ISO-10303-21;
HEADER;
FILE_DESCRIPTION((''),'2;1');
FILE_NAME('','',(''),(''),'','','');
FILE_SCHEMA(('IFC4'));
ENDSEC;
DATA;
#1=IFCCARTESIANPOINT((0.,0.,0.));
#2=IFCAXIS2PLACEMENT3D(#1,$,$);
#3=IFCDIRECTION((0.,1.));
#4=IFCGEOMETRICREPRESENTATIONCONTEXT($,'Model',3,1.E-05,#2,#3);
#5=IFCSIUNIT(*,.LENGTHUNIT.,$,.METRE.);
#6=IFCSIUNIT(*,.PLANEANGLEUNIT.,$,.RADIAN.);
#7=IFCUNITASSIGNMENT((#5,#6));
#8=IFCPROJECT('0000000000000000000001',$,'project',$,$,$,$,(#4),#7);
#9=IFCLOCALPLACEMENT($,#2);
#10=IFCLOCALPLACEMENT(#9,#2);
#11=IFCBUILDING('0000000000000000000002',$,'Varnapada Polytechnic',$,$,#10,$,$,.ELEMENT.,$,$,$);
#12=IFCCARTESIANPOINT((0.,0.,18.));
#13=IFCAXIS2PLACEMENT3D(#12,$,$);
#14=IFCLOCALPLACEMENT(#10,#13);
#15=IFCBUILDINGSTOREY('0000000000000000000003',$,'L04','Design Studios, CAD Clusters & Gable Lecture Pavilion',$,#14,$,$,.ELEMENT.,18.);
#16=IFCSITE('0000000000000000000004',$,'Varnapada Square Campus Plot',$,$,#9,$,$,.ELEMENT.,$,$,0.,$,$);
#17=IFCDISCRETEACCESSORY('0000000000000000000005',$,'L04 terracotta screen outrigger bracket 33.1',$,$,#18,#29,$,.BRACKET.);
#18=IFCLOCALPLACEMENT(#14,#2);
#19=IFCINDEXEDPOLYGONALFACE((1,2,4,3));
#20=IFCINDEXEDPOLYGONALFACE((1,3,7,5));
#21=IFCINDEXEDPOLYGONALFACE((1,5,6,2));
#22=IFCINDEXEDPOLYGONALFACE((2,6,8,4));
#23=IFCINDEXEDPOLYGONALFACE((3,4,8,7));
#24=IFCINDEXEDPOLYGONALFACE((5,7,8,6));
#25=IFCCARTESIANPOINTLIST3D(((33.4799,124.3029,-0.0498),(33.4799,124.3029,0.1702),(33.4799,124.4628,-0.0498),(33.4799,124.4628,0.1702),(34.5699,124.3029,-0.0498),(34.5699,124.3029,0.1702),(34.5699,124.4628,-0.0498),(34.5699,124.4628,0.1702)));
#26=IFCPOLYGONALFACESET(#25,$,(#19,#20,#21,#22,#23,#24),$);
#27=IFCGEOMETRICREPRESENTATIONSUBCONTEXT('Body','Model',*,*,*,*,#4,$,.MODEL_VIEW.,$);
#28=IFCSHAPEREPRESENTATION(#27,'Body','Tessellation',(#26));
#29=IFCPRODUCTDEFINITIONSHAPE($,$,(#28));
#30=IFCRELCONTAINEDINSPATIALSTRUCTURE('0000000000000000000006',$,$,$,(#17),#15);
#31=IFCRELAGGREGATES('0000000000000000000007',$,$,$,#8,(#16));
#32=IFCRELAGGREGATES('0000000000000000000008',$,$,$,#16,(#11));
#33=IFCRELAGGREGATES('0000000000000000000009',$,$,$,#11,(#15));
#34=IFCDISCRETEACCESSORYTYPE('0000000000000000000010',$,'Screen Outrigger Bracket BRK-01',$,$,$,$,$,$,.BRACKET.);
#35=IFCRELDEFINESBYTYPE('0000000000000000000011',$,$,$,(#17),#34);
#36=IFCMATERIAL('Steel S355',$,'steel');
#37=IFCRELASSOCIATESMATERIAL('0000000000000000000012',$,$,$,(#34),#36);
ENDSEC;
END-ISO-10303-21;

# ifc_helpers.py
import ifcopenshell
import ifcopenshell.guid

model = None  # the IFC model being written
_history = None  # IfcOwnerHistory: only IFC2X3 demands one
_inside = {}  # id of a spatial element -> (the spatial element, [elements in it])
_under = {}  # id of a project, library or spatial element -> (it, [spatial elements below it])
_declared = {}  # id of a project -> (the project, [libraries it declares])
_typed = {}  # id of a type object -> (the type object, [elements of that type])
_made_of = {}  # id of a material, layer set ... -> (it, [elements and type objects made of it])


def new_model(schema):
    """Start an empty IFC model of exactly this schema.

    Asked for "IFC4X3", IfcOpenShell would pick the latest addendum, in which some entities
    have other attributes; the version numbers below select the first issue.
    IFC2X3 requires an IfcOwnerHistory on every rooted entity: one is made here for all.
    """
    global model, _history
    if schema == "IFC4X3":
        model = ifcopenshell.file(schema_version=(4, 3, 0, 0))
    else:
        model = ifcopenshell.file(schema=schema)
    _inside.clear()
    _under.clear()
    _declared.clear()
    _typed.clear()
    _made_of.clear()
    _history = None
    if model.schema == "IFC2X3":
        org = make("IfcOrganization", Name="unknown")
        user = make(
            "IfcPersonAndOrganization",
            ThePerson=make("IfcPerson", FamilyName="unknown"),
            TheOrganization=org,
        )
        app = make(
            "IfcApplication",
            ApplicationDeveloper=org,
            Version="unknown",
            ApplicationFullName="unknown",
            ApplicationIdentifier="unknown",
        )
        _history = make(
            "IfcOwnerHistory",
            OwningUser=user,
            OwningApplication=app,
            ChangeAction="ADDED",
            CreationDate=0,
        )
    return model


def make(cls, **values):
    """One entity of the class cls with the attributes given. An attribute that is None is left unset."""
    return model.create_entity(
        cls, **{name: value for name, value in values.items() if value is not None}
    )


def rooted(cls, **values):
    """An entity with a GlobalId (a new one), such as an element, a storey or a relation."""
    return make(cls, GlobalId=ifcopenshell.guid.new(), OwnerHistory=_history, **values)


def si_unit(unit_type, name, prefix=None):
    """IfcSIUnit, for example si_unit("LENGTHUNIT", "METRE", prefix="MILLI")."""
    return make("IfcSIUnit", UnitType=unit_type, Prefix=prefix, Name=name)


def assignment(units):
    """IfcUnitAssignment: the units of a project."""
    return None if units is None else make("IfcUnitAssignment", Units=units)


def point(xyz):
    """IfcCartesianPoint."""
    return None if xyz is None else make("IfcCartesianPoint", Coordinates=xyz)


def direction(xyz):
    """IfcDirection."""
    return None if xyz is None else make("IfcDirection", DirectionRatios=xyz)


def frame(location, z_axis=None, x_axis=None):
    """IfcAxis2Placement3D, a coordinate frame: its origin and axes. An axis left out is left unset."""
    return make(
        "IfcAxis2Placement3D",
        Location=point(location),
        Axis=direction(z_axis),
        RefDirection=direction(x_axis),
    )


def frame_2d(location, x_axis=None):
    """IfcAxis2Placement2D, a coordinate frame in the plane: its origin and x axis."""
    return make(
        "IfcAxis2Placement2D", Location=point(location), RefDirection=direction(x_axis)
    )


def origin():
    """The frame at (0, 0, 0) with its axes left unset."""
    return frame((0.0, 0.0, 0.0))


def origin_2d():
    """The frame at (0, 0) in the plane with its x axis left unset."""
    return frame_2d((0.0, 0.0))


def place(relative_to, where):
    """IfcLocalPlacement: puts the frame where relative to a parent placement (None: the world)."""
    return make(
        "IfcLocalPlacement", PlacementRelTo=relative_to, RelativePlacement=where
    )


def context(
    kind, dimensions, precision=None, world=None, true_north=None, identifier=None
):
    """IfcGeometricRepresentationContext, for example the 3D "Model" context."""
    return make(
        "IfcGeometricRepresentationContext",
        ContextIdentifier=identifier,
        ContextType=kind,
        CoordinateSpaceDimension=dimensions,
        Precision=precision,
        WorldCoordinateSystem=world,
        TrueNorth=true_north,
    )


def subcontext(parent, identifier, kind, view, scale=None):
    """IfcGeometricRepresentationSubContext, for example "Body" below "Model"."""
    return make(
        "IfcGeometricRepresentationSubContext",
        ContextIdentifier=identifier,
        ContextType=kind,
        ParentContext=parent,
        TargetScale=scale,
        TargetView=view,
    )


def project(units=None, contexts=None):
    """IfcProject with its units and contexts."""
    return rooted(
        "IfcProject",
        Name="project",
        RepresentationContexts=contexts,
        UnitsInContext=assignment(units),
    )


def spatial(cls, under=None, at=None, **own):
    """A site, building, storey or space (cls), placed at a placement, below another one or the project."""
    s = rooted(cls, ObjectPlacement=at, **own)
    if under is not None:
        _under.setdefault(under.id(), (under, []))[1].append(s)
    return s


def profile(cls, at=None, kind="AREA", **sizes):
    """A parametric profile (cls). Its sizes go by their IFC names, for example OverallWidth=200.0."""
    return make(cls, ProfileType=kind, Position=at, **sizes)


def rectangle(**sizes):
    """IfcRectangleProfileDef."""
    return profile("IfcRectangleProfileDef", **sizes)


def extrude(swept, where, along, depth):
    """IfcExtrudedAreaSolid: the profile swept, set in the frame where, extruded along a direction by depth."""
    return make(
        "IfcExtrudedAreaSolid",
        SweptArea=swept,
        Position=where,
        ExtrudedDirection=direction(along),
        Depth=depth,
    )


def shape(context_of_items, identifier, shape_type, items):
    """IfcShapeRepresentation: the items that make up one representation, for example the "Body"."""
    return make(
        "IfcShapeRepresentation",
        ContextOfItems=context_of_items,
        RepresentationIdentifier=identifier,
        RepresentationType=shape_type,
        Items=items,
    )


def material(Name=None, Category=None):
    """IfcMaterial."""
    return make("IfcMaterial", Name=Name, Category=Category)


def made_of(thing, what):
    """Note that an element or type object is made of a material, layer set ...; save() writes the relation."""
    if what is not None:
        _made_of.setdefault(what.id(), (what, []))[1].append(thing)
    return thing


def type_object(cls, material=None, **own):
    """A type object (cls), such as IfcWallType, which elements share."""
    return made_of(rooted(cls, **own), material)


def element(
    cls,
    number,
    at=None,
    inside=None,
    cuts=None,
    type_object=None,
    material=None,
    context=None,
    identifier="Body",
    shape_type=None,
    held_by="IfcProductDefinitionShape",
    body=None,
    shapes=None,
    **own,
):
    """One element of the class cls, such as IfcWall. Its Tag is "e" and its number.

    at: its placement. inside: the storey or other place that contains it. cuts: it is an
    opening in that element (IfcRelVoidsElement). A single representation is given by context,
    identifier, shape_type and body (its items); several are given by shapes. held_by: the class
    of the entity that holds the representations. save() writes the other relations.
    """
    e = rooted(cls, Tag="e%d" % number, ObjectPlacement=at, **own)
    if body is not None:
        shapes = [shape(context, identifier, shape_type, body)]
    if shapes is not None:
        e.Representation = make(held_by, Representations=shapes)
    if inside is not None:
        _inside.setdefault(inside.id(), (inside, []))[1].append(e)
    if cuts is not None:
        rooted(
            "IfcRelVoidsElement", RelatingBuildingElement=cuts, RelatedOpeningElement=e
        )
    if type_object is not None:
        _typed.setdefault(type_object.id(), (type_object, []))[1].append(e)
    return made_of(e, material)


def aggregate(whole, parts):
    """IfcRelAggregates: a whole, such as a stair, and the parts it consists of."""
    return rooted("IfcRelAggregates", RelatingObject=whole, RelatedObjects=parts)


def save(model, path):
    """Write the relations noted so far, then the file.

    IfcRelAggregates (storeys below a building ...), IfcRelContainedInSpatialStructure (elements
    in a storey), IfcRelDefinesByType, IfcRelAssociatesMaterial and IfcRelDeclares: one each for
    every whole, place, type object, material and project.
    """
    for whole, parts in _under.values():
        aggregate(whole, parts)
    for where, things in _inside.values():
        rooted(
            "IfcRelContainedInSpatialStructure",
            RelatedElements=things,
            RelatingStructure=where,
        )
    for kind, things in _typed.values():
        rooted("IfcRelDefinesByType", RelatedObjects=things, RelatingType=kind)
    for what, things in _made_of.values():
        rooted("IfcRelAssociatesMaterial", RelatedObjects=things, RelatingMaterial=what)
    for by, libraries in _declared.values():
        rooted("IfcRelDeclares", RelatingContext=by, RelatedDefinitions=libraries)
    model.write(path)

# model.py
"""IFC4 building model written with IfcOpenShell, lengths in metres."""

from ifc_helpers import new_model, si_unit, direction, frame, origin, origin_2d, place, context, subcontext, project, spatial, rectangle, extrude, material, type_object, element, save


model = new_model("IFC4")

# Units and contexts
model_context = context("Model", 3, precision=1e-05, world=origin(), true_north=direction((0.0, 1.0)))
body_context = subcontext(model_context, "Body", "Model", "MODEL_VIEW")
ifc_project = project(units=[si_unit("LENGTHUNIT", "METRE"), si_unit("PLANEANGLEUNIT", "RADIAN")], contexts=[model_context])

# Site, building, storey
site_placement = place(None, origin())
site = spatial("IfcSite", under=ifc_project, at=site_placement, Name="Varnapada Square Campus Plot", CompositionType="ELEMENT", RefElevation=0.0)
building_placement = place(site_placement, origin())
building = spatial("IfcBuilding", under=site, at=building_placement, Name="Varnapada Polytechnic", CompositionType="ELEMENT")
storey_placement = place(building_placement, frame((0.0, 0.0, 18.0)))
storey = spatial("IfcBuildingStorey", under=building, at=storey_placement, Name="L04", Description="Design Studios, CAD Clusters & Gable Lecture Pavilion", CompositionType="ELEMENT", Elevation=18.0)

# Discrete accessory
ifc_material_1 = material(Name="Steel S355", Category="steel")
discrete_accessory_type = type_object("IfcDiscreteAccessoryType", Name="Screen Outrigger Bracket BRK-01", PredefinedType="BRACKET", material=ifc_material_1)
discrete_accessory_placement = place(storey_placement, frame((34.0249, 124.3828, -0.0498), z_axis=(0.0, 0.0, 1.0), x_axis=(0.0, -1.0, 0.0)))
element("IfcDiscreteAccessory", 1, at=discrete_accessory_placement, inside=storey, type_object=discrete_accessory_type, Name="L04 terracotta screen outrigger bracket 33.1", PredefinedType="BRACKET", context=body_context, shape_type="SweptSolid", body=[
    extrude(rectangle(XDim=0.1599, YDim=1.0901, at=origin_2d()), origin(), (0.0, 0.0, 1.0), 0.22),
])

save(model, "model.ifc")
